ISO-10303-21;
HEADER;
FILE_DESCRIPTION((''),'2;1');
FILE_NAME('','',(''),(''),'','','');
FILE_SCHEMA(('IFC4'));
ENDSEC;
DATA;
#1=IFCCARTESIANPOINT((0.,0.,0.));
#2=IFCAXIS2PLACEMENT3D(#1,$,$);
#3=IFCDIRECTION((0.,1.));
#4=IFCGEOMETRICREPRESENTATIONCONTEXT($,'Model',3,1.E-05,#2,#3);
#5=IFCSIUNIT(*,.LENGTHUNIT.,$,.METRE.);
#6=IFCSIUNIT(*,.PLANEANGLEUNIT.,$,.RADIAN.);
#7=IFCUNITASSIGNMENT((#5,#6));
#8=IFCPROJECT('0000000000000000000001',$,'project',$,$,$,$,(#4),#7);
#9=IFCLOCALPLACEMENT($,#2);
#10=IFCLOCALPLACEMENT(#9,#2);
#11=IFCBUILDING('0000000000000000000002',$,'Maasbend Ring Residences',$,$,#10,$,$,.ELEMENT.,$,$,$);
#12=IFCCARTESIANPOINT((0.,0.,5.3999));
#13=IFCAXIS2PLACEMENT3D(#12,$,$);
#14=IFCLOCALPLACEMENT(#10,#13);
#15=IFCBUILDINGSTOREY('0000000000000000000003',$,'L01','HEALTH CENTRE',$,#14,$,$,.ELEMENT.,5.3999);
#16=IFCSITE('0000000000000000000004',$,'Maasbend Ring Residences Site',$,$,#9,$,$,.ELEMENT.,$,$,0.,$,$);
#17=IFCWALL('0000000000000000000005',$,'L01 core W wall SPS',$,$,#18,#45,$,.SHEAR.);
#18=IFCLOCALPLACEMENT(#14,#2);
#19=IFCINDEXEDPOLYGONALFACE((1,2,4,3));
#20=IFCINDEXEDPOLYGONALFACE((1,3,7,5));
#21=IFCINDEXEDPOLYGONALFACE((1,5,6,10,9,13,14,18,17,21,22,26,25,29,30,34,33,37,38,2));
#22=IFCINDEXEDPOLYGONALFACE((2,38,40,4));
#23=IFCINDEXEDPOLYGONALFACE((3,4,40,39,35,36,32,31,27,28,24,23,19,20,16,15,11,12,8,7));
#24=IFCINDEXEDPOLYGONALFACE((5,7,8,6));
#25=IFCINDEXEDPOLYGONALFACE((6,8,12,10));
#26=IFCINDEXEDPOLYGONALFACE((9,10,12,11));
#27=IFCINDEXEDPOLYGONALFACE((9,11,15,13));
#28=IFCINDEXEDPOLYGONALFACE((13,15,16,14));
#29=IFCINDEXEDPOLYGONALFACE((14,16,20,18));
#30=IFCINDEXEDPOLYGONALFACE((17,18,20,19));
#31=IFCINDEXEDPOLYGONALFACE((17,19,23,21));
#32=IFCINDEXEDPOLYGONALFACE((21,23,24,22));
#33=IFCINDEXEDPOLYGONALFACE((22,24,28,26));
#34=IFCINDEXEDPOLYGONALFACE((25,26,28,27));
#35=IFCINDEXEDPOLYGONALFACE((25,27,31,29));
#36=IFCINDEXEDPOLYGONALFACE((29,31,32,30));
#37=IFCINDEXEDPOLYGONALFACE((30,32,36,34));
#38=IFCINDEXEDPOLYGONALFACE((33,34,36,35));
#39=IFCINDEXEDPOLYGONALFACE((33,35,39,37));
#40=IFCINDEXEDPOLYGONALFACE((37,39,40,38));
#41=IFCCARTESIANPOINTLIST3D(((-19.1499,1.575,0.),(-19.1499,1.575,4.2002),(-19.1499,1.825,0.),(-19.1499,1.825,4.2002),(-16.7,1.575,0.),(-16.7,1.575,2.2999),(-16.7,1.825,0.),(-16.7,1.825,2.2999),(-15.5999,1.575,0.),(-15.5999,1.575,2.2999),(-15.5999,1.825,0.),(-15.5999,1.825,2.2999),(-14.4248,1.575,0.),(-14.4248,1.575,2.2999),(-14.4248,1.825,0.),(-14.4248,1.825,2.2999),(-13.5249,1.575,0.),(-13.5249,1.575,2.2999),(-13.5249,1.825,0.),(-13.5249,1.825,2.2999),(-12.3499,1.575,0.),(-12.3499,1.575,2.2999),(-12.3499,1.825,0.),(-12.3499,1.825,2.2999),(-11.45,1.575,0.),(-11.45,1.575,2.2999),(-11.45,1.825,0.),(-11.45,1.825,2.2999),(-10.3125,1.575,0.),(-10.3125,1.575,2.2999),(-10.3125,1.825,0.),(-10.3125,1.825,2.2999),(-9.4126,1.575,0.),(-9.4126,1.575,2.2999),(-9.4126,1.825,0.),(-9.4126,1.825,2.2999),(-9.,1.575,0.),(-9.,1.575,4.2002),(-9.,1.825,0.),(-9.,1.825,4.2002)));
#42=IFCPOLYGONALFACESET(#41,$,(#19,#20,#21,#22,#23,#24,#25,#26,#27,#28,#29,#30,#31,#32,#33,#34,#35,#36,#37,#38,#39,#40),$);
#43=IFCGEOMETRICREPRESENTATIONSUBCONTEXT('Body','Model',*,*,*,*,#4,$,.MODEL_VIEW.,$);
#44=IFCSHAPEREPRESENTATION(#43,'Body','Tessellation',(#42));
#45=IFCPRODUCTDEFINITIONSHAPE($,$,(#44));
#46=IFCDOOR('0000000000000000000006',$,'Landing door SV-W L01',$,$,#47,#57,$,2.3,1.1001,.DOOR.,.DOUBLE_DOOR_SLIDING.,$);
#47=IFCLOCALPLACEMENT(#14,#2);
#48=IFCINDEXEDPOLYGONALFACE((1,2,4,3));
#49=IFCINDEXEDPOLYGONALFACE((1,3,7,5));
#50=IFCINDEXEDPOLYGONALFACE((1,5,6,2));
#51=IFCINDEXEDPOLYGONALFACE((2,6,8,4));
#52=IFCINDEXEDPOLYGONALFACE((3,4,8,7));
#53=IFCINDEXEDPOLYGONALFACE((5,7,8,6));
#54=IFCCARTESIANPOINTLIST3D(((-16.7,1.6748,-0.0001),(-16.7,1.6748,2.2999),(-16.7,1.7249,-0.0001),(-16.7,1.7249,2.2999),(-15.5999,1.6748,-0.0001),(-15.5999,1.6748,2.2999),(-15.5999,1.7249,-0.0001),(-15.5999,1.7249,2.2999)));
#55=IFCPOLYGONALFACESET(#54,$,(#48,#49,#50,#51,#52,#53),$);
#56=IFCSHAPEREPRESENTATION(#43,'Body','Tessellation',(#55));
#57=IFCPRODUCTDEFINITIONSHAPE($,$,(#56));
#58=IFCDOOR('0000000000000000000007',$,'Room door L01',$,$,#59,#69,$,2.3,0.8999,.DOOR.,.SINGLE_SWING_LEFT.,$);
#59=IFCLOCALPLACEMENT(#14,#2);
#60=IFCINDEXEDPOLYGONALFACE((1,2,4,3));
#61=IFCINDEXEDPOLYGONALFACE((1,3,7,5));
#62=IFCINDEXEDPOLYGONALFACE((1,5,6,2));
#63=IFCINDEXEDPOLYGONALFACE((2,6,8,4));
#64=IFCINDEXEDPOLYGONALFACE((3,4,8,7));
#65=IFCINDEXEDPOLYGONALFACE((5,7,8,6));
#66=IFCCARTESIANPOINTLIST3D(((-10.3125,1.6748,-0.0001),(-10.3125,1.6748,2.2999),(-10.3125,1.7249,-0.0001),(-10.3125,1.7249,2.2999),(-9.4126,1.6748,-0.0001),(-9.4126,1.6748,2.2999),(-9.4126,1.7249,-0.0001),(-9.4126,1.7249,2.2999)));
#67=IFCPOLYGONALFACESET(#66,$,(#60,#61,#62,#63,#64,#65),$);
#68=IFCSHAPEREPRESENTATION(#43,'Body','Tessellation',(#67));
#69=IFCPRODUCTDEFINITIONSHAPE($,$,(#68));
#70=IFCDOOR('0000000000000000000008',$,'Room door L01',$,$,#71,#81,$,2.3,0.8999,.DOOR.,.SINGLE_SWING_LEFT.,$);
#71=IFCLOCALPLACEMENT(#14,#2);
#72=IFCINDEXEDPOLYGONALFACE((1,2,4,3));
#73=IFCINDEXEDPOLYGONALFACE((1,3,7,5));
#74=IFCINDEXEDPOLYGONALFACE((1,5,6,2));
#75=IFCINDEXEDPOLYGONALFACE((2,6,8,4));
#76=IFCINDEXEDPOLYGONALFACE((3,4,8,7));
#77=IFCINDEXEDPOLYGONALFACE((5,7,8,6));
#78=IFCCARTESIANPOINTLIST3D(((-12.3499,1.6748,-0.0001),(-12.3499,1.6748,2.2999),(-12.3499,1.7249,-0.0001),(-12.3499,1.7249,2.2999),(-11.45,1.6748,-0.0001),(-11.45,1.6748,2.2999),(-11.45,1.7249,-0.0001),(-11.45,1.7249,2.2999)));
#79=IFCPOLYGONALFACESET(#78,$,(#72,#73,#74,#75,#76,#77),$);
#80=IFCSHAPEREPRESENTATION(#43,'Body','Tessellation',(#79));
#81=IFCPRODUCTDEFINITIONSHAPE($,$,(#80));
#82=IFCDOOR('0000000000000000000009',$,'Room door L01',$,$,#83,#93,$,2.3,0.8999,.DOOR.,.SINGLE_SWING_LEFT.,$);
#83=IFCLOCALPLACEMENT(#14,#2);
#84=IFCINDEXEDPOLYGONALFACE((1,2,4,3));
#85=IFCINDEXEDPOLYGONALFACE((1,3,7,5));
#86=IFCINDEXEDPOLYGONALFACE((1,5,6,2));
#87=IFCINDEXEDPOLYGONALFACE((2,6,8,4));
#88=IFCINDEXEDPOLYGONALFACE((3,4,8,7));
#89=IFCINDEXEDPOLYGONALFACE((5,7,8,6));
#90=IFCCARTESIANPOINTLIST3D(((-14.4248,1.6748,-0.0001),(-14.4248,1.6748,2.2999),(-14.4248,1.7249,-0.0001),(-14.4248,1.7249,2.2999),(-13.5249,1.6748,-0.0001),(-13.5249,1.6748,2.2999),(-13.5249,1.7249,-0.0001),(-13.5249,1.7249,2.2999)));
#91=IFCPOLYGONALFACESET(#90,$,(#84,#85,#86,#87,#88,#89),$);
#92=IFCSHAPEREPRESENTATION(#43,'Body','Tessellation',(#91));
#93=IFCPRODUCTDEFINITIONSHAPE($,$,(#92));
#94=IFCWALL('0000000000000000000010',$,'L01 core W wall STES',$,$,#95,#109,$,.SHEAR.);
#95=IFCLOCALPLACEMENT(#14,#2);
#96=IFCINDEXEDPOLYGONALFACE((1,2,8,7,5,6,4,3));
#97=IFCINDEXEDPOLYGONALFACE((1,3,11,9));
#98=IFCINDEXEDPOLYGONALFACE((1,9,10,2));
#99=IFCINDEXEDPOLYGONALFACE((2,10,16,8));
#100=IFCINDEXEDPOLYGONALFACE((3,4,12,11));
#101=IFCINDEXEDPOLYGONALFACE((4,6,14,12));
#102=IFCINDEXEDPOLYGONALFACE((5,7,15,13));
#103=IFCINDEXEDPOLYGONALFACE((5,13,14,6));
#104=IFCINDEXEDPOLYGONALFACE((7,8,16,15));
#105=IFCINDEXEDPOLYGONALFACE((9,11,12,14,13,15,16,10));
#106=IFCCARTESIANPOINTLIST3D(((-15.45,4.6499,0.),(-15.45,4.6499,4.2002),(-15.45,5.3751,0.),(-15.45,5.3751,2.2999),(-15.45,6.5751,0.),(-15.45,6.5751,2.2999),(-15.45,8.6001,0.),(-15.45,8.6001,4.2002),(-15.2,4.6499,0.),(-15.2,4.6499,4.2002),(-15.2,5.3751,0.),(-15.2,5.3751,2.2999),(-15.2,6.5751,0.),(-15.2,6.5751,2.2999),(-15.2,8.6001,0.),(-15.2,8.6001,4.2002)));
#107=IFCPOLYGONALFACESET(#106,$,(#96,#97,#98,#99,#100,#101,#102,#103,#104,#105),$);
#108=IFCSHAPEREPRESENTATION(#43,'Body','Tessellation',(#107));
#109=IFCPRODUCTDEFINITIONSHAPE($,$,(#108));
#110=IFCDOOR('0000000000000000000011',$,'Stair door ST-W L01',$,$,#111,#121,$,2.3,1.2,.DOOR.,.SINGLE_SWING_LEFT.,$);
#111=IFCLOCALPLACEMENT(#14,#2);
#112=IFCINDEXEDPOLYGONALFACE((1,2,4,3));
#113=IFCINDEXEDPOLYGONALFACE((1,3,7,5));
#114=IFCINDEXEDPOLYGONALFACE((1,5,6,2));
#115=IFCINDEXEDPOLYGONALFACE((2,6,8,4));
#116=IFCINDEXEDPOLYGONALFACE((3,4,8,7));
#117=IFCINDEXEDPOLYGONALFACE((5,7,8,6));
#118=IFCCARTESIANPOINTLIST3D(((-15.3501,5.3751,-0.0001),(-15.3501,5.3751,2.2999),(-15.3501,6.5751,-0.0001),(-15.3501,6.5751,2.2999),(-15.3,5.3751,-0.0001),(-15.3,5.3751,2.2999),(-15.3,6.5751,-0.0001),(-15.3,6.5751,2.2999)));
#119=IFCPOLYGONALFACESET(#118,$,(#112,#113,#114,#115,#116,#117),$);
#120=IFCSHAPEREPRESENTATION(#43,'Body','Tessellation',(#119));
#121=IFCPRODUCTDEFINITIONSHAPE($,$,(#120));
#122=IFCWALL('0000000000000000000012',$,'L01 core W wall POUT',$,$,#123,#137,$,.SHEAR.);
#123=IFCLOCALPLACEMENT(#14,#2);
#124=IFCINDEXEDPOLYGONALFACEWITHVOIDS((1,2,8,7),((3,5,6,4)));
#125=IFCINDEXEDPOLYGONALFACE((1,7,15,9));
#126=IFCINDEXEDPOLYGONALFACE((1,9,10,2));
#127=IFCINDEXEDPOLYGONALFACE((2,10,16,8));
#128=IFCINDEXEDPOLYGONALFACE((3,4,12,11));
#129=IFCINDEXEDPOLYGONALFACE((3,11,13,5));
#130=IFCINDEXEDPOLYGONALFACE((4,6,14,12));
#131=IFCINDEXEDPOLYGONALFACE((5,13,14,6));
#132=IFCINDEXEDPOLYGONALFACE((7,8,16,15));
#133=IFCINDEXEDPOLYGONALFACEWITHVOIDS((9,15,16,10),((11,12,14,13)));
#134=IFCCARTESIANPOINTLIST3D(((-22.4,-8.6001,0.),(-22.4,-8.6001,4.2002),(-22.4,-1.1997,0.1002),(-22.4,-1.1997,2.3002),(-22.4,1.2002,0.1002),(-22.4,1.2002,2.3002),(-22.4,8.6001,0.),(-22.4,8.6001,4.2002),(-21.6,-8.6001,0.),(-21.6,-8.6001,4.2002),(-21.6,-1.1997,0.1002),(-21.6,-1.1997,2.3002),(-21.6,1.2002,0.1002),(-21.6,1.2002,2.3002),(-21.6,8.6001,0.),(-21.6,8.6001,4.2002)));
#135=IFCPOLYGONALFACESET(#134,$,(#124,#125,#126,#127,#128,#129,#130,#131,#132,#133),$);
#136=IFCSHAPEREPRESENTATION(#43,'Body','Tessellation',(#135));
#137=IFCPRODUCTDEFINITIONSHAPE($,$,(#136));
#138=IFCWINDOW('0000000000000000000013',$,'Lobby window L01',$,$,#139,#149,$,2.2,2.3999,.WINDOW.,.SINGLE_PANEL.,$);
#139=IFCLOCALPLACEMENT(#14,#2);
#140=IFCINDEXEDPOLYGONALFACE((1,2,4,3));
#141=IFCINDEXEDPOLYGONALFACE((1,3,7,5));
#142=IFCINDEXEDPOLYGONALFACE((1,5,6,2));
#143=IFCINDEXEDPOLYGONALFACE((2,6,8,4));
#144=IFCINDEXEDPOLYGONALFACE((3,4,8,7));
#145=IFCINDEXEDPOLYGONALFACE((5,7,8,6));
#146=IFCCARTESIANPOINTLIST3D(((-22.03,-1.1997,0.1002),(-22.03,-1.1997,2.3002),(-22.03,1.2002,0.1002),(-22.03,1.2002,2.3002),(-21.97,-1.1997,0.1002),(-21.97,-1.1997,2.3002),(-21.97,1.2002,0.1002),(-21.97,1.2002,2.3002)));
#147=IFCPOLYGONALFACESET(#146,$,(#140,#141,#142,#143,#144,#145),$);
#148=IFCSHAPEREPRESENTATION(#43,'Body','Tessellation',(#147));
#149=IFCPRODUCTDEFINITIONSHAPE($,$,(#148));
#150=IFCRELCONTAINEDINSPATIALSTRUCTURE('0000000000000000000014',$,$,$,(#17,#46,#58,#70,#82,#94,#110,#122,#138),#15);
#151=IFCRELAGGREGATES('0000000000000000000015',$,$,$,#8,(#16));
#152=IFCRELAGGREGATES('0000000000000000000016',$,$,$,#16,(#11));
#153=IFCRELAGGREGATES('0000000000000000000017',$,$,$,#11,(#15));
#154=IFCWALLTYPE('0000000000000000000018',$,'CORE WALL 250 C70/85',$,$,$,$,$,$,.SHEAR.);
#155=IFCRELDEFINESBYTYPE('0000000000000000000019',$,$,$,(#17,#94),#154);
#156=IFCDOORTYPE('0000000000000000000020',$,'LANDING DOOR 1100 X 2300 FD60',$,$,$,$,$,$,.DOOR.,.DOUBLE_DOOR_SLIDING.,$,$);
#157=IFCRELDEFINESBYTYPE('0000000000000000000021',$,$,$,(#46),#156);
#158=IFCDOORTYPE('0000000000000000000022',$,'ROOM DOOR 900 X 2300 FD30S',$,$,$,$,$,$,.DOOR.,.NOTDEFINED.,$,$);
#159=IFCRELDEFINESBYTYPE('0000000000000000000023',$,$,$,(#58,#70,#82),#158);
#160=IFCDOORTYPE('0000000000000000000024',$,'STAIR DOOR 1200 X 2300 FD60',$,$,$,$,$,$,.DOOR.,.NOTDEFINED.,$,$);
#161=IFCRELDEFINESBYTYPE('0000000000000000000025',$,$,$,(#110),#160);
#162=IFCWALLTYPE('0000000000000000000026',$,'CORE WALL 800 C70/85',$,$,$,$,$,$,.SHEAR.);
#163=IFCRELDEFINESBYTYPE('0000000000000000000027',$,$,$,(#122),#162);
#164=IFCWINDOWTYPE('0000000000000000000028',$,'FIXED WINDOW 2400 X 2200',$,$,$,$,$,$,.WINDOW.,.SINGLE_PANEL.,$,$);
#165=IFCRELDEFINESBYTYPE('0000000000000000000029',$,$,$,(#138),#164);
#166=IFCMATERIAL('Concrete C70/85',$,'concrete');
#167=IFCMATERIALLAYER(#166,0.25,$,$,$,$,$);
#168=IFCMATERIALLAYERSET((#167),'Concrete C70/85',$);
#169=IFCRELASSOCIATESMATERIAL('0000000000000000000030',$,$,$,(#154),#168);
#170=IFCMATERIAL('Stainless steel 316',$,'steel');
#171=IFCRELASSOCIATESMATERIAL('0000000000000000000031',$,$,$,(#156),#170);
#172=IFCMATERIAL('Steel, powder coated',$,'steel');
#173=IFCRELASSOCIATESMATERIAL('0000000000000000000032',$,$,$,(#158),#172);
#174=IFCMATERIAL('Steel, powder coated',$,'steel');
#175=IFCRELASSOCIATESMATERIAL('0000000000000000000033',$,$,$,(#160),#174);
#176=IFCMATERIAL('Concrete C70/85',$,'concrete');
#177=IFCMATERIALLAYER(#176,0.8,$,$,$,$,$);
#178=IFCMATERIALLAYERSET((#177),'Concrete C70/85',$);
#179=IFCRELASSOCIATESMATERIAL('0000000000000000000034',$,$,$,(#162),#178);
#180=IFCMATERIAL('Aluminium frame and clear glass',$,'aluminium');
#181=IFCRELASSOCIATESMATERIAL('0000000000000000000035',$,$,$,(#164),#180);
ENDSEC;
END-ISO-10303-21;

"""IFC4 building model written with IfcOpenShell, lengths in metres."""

from ifc_helpers import new_model, si_unit, direction, frame, frame_2d, origin, place, context, subcontext, project, spatial, rectangle, extrude, material, layer, layer_set, type_object, element, fill, save


model = new_model("IFC4")

# Units and contexts
model_context = context("Model", 3, precision=1e-05, world=origin(), true_north=direction((0.0, 1.0)))
body_context = subcontext(model_context, "Body", "Model", "MODEL_VIEW")
ifc_project = project(units=[si_unit("LENGTHUNIT", "METRE"), si_unit("PLANEANGLEUNIT", "RADIAN")], contexts=[model_context])

# Site, building, storey
site_placement = place(None, origin())
site = spatial("IfcSite", under=ifc_project, at=site_placement, Name="Maasbend Ring Residences Site", CompositionType="ELEMENT", RefElevation=0.0)
building_placement = place(site_placement, origin())
building = spatial("IfcBuilding", under=site, at=building_placement, Name="Maasbend Ring Residences", CompositionType="ELEMENT")
storey_placement = place(building_placement, frame((0.0, 0.0, 5.3999)))
storey = spatial("IfcBuildingStorey", under=building, at=storey_placement, Name="L01", Description="HEALTH CENTRE", CompositionType="ELEMENT", Elevation=5.3999)

# Wall, openings, doors
ifc_material_1 = material(Name="Concrete C70/85", Category="concrete")
ifc_layer_1 = layer(ifc_material_1, 0.25)
ifc_layer_set_1 = layer_set([ifc_layer_1], Name="Concrete C70/85")
wall_type_1 = type_object("IfcWallType", Name="CORE WALL 250 C70/85", PredefinedType="SHEAR", material=ifc_layer_set_1)
wall_1_placement = place(storey_placement, frame((-19.1499, 1.7, 0.0), z_axis=(0.0, 0.0, 1.0), x_axis=(1.0, 0.0, 0.0)))
wall_1 = element("IfcWall", 1, at=wall_1_placement, inside=storey, type_object=wall_type_1, Name="L01 core W wall SPS", PredefinedType="SHEAR", context=body_context, shape_type="SweptSolid", body=[
    extrude(rectangle(XDim=10.1499, YDim=0.25, at=frame_2d((5.075, 0.0))), origin(), (0.0, 0.0, 1.0), 4.2002),
])
opening_1_placement = place(wall_1_placement, frame((2.45, 0.0, 0.0)))
opening_1 = element("IfcOpeningElement", 2, at=opening_1_placement, cuts=wall_1, PredefinedType="OPENING", context=body_context, shape_type="SweptSolid", body=[
    extrude(rectangle(XDim=1.1001, YDim=2.3, at=frame_2d((0.55, 1.1499))), frame((0.0, 0.135, 0.0), z_axis=(0.0, -1.0, 0.0), x_axis=(1.0, 0.0, 0.0)), (0.0, 0.0, 1.0), 0.27),
])
opening_2_placement = place(wall_1_placement, frame((8.8374, 0.0, 0.0)))
opening_2 = element("IfcOpeningElement", 3, at=opening_2_placement, cuts=wall_1, PredefinedType="OPENING", context=body_context, shape_type="SweptSolid", body=[
    extrude(rectangle(XDim=0.8999, YDim=2.3, at=frame_2d((0.45, 1.1499))), frame((0.0, 0.135, 0.0), z_axis=(0.0, -1.0, 0.0), x_axis=(1.0, 0.0, 0.0)), (0.0, 0.0, 1.0), 0.27),
])
opening_3_placement = place(wall_1_placement, frame((6.8, 0.0, 0.0)))
opening_3 = element("IfcOpeningElement", 4, at=opening_3_placement, cuts=wall_1, PredefinedType="OPENING", context=body_context, shape_type="SweptSolid", body=[
    extrude(rectangle(XDim=0.8999, YDim=2.3, at=frame_2d((0.45, 1.1499))), frame((0.0, 0.135, 0.0), z_axis=(0.0, -1.0, 0.0), x_axis=(1.0, 0.0, 0.0)), (0.0, 0.0, 1.0), 0.27),
])
opening_4_placement = place(wall_1_placement, frame((4.7251, 0.0, 0.0)))
opening_4 = element("IfcOpeningElement", 5, at=opening_4_placement, cuts=wall_1, PredefinedType="OPENING", context=body_context, shape_type="SweptSolid", body=[
    extrude(rectangle(XDim=0.8999, YDim=2.3, at=frame_2d((0.45, 1.1499))), frame((0.0, 0.135, 0.0), z_axis=(0.0, -1.0, 0.0), x_axis=(1.0, 0.0, 0.0)), (0.0, 0.0, 1.0), 0.27),
])
ifc_material_2 = material(Name="Stainless steel 316", Category="steel")
door_type_1 = type_object("IfcDoorType", Name="LANDING DOOR 1100 X 2300 FD60", OperationType="DOUBLE_DOOR_SLIDING", PredefinedType="DOOR", material=ifc_material_2)
door_1_placement = place(opening_1_placement, origin())
door_1 = element("IfcDoor", 6, at=door_1_placement, inside=storey, type_object=door_type_1, Name="Landing door SV-W L01", OperationType="DOUBLE_DOOR_SLIDING", OverallHeight=2.3, OverallWidth=1.1001, PredefinedType="DOOR", context=body_context, shape_type="SweptSolid", body=[
    extrude(rectangle(XDim=1.1001, YDim=2.3, at=frame_2d((0.55, 1.1499))), frame((0.0, 0.0249, 0.0), z_axis=(0.0, -1.0, 0.0), x_axis=(1.0, 0.0, 0.0)), (0.0, 0.0, 1.0), 0.05),
])
fill(opening_1, door_1)
ifc_material_3 = material(Name="Steel, powder coated", Category="steel")
door_type_2 = type_object("IfcDoorType", Name="ROOM DOOR 900 X 2300 FD30S", OperationType="NOTDEFINED", PredefinedType="DOOR", material=ifc_material_3)
door_2_placement = place(opening_2_placement, origin())
door_2 = element("IfcDoor", 7, at=door_2_placement, inside=storey, type_object=door_type_2, Name="Room door L01", OperationType="SINGLE_SWING_LEFT", OverallHeight=2.3, OverallWidth=0.8999, PredefinedType="DOOR", context=body_context, shape_type="SweptSolid", body=[
    extrude(rectangle(XDim=0.8999, YDim=2.3, at=frame_2d((0.45, 1.1499))), frame((0.0, 0.0249, 0.0), z_axis=(0.0, -1.0, 0.0), x_axis=(1.0, 0.0, 0.0)), (0.0, 0.0, 1.0), 0.05),
])
fill(opening_2, door_2)
door_3_placement = place(opening_3_placement, origin())
door_3 = element("IfcDoor", 8, at=door_3_placement, inside=storey, type_object=door_type_2, Name="Room door L01", OperationType="SINGLE_SWING_LEFT", OverallHeight=2.3, OverallWidth=0.8999, PredefinedType="DOOR", context=body_context, shape_type="SweptSolid", body=[
    extrude(rectangle(XDim=0.8999, YDim=2.3, at=frame_2d((0.45, 1.1499))), frame((0.0, 0.0249, 0.0), z_axis=(0.0, -1.0, 0.0), x_axis=(1.0, 0.0, 0.0)), (0.0, 0.0, 1.0), 0.05),
])
fill(opening_3, door_3)
door_4_placement = place(opening_4_placement, origin())
door_4 = element("IfcDoor", 9, at=door_4_placement, inside=storey, type_object=door_type_2, Name="Room door L01", OperationType="SINGLE_SWING_LEFT", OverallHeight=2.3, OverallWidth=0.8999, PredefinedType="DOOR", context=body_context, shape_type="SweptSolid", body=[
    extrude(rectangle(XDim=0.8999, YDim=2.3, at=frame_2d((0.45, 1.1499))), frame((0.0, 0.0249, 0.0), z_axis=(0.0, -1.0, 0.0), x_axis=(1.0, 0.0, 0.0)), (0.0, 0.0, 1.0), 0.05),
])
fill(opening_4, door_4)

# Wall, opening, door
wall_2_placement = place(storey_placement, frame((-15.325, 8.6001, 0.0), z_axis=(0.0, 0.0, 1.0), x_axis=(0.0, -1.0, 0.0)))
wall_2 = element("IfcWall", 10, at=wall_2_placement, inside=storey, type_object=wall_type_1, Name="L01 core W wall STES", PredefinedType="SHEAR", context=body_context, shape_type="SweptSolid", body=[
    extrude(rectangle(XDim=3.9502, YDim=0.25, at=frame_2d((1.9751, 0.0))), origin(), (0.0, 0.0, 1.0), 4.2002),
])
opening_5_placement = place(wall_2_placement, frame((2.0249, 0.0, 0.0)))
opening_5 = element("IfcOpeningElement", 11, at=opening_5_placement, cuts=wall_2, PredefinedType="OPENING", context=body_context, shape_type="SweptSolid", body=[
    extrude(rectangle(XDim=1.2, YDim=2.3, at=frame_2d((0.6001, 1.1499))), frame((0.0, 0.135, 0.0), z_axis=(0.0, -1.0, 0.0), x_axis=(1.0, 0.0, 0.0)), (0.0, 0.0, 1.0), 0.27),
])
ifc_material_4 = material(Name="Steel, powder coated", Category="steel")
door_type_3 = type_object("IfcDoorType", Name="STAIR DOOR 1200 X 2300 FD60", OperationType="NOTDEFINED", PredefinedType="DOOR", material=ifc_material_4)
door_5_placement = place(opening_5_placement, origin())
door_5 = element("IfcDoor", 12, at=door_5_placement, inside=storey, type_object=door_type_3, Name="Stair door ST-W L01", OperationType="SINGLE_SWING_LEFT", OverallHeight=2.3, OverallWidth=1.2, PredefinedType="DOOR", context=body_context, shape_type="SweptSolid", body=[
    extrude(rectangle(XDim=1.2, YDim=2.3, at=frame_2d((0.6001, 1.1499))), frame((0.0, 0.0249, 0.0), z_axis=(0.0, -1.0, 0.0), x_axis=(1.0, 0.0, 0.0)), (0.0, 0.0, 1.0), 0.05),
])
fill(opening_5, door_5)

# Wall, opening, window
ifc_material_5 = material(Name="Concrete C70/85", Category="concrete")
ifc_layer_2 = layer(ifc_material_5, 0.8)
ifc_layer_set_2 = layer_set([ifc_layer_2], Name="Concrete C70/85")
wall_type_2 = type_object("IfcWallType", Name="CORE WALL 800 C70/85", PredefinedType="SHEAR", material=ifc_layer_set_2)
wall_3_placement = place(storey_placement, frame((-22.0, 8.6001, 0.0), z_axis=(0.0, 0.0, 1.0), x_axis=(0.0, -1.0, 0.0)))
wall_3 = element("IfcWall", 13, at=wall_3_placement, inside=storey, type_object=wall_type_2, Name="L01 core W wall POUT", PredefinedType="SHEAR", context=body_context, shape_type="SweptSolid", body=[
    extrude(rectangle(XDim=17.2002, YDim=0.8, at=frame_2d((8.6001, 0.0))), origin(), (0.0, 0.0, 1.0), 4.2002),
])
opening_6_placement = place(wall_3_placement, frame((7.3999, 0.0, 0.1001)))
opening_6 = element("IfcOpeningElement", 14, at=opening_6_placement, cuts=wall_3, PredefinedType="OPENING", context=body_context, shape_type="SweptSolid", body=[
    extrude(rectangle(XDim=2.3999, YDim=2.2, at=frame_2d((1.2, 1.1001))), frame((0.0, 0.4102, 0.0), z_axis=(0.0, -1.0, 0.0), x_axis=(1.0, 0.0, 0.0)), (0.0, 0.0, 1.0), 0.8201),
])
ifc_material_6 = material(Name="Aluminium frame and clear glass", Category="aluminium")
window_type = type_object("IfcWindowType", Name="FIXED WINDOW 2400 X 2200", PartitioningType="SINGLE_PANEL", PredefinedType="WINDOW", material=ifc_material_6)
window_placement = place(opening_6_placement, origin())
window = element("IfcWindow", 15, at=window_placement, inside=storey, type_object=window_type, Name="Lobby window L01", OverallHeight=2.2, OverallWidth=2.3999, PartitioningType="SINGLE_PANEL", PredefinedType="WINDOW", context=body_context, shape_type="SweptSolid", body=[
    extrude(rectangle(XDim=2.3999, YDim=2.2, at=frame_2d((1.2, 1.1001))), frame((0.0, 0.03, 0.0), z_axis=(0.0, -1.0, 0.0), x_axis=(1.0, 0.0, 0.0)), (0.0, 0.0, 1.0), 0.0601),
])
fill(opening_6, window)

save(model, "model.ifc")
